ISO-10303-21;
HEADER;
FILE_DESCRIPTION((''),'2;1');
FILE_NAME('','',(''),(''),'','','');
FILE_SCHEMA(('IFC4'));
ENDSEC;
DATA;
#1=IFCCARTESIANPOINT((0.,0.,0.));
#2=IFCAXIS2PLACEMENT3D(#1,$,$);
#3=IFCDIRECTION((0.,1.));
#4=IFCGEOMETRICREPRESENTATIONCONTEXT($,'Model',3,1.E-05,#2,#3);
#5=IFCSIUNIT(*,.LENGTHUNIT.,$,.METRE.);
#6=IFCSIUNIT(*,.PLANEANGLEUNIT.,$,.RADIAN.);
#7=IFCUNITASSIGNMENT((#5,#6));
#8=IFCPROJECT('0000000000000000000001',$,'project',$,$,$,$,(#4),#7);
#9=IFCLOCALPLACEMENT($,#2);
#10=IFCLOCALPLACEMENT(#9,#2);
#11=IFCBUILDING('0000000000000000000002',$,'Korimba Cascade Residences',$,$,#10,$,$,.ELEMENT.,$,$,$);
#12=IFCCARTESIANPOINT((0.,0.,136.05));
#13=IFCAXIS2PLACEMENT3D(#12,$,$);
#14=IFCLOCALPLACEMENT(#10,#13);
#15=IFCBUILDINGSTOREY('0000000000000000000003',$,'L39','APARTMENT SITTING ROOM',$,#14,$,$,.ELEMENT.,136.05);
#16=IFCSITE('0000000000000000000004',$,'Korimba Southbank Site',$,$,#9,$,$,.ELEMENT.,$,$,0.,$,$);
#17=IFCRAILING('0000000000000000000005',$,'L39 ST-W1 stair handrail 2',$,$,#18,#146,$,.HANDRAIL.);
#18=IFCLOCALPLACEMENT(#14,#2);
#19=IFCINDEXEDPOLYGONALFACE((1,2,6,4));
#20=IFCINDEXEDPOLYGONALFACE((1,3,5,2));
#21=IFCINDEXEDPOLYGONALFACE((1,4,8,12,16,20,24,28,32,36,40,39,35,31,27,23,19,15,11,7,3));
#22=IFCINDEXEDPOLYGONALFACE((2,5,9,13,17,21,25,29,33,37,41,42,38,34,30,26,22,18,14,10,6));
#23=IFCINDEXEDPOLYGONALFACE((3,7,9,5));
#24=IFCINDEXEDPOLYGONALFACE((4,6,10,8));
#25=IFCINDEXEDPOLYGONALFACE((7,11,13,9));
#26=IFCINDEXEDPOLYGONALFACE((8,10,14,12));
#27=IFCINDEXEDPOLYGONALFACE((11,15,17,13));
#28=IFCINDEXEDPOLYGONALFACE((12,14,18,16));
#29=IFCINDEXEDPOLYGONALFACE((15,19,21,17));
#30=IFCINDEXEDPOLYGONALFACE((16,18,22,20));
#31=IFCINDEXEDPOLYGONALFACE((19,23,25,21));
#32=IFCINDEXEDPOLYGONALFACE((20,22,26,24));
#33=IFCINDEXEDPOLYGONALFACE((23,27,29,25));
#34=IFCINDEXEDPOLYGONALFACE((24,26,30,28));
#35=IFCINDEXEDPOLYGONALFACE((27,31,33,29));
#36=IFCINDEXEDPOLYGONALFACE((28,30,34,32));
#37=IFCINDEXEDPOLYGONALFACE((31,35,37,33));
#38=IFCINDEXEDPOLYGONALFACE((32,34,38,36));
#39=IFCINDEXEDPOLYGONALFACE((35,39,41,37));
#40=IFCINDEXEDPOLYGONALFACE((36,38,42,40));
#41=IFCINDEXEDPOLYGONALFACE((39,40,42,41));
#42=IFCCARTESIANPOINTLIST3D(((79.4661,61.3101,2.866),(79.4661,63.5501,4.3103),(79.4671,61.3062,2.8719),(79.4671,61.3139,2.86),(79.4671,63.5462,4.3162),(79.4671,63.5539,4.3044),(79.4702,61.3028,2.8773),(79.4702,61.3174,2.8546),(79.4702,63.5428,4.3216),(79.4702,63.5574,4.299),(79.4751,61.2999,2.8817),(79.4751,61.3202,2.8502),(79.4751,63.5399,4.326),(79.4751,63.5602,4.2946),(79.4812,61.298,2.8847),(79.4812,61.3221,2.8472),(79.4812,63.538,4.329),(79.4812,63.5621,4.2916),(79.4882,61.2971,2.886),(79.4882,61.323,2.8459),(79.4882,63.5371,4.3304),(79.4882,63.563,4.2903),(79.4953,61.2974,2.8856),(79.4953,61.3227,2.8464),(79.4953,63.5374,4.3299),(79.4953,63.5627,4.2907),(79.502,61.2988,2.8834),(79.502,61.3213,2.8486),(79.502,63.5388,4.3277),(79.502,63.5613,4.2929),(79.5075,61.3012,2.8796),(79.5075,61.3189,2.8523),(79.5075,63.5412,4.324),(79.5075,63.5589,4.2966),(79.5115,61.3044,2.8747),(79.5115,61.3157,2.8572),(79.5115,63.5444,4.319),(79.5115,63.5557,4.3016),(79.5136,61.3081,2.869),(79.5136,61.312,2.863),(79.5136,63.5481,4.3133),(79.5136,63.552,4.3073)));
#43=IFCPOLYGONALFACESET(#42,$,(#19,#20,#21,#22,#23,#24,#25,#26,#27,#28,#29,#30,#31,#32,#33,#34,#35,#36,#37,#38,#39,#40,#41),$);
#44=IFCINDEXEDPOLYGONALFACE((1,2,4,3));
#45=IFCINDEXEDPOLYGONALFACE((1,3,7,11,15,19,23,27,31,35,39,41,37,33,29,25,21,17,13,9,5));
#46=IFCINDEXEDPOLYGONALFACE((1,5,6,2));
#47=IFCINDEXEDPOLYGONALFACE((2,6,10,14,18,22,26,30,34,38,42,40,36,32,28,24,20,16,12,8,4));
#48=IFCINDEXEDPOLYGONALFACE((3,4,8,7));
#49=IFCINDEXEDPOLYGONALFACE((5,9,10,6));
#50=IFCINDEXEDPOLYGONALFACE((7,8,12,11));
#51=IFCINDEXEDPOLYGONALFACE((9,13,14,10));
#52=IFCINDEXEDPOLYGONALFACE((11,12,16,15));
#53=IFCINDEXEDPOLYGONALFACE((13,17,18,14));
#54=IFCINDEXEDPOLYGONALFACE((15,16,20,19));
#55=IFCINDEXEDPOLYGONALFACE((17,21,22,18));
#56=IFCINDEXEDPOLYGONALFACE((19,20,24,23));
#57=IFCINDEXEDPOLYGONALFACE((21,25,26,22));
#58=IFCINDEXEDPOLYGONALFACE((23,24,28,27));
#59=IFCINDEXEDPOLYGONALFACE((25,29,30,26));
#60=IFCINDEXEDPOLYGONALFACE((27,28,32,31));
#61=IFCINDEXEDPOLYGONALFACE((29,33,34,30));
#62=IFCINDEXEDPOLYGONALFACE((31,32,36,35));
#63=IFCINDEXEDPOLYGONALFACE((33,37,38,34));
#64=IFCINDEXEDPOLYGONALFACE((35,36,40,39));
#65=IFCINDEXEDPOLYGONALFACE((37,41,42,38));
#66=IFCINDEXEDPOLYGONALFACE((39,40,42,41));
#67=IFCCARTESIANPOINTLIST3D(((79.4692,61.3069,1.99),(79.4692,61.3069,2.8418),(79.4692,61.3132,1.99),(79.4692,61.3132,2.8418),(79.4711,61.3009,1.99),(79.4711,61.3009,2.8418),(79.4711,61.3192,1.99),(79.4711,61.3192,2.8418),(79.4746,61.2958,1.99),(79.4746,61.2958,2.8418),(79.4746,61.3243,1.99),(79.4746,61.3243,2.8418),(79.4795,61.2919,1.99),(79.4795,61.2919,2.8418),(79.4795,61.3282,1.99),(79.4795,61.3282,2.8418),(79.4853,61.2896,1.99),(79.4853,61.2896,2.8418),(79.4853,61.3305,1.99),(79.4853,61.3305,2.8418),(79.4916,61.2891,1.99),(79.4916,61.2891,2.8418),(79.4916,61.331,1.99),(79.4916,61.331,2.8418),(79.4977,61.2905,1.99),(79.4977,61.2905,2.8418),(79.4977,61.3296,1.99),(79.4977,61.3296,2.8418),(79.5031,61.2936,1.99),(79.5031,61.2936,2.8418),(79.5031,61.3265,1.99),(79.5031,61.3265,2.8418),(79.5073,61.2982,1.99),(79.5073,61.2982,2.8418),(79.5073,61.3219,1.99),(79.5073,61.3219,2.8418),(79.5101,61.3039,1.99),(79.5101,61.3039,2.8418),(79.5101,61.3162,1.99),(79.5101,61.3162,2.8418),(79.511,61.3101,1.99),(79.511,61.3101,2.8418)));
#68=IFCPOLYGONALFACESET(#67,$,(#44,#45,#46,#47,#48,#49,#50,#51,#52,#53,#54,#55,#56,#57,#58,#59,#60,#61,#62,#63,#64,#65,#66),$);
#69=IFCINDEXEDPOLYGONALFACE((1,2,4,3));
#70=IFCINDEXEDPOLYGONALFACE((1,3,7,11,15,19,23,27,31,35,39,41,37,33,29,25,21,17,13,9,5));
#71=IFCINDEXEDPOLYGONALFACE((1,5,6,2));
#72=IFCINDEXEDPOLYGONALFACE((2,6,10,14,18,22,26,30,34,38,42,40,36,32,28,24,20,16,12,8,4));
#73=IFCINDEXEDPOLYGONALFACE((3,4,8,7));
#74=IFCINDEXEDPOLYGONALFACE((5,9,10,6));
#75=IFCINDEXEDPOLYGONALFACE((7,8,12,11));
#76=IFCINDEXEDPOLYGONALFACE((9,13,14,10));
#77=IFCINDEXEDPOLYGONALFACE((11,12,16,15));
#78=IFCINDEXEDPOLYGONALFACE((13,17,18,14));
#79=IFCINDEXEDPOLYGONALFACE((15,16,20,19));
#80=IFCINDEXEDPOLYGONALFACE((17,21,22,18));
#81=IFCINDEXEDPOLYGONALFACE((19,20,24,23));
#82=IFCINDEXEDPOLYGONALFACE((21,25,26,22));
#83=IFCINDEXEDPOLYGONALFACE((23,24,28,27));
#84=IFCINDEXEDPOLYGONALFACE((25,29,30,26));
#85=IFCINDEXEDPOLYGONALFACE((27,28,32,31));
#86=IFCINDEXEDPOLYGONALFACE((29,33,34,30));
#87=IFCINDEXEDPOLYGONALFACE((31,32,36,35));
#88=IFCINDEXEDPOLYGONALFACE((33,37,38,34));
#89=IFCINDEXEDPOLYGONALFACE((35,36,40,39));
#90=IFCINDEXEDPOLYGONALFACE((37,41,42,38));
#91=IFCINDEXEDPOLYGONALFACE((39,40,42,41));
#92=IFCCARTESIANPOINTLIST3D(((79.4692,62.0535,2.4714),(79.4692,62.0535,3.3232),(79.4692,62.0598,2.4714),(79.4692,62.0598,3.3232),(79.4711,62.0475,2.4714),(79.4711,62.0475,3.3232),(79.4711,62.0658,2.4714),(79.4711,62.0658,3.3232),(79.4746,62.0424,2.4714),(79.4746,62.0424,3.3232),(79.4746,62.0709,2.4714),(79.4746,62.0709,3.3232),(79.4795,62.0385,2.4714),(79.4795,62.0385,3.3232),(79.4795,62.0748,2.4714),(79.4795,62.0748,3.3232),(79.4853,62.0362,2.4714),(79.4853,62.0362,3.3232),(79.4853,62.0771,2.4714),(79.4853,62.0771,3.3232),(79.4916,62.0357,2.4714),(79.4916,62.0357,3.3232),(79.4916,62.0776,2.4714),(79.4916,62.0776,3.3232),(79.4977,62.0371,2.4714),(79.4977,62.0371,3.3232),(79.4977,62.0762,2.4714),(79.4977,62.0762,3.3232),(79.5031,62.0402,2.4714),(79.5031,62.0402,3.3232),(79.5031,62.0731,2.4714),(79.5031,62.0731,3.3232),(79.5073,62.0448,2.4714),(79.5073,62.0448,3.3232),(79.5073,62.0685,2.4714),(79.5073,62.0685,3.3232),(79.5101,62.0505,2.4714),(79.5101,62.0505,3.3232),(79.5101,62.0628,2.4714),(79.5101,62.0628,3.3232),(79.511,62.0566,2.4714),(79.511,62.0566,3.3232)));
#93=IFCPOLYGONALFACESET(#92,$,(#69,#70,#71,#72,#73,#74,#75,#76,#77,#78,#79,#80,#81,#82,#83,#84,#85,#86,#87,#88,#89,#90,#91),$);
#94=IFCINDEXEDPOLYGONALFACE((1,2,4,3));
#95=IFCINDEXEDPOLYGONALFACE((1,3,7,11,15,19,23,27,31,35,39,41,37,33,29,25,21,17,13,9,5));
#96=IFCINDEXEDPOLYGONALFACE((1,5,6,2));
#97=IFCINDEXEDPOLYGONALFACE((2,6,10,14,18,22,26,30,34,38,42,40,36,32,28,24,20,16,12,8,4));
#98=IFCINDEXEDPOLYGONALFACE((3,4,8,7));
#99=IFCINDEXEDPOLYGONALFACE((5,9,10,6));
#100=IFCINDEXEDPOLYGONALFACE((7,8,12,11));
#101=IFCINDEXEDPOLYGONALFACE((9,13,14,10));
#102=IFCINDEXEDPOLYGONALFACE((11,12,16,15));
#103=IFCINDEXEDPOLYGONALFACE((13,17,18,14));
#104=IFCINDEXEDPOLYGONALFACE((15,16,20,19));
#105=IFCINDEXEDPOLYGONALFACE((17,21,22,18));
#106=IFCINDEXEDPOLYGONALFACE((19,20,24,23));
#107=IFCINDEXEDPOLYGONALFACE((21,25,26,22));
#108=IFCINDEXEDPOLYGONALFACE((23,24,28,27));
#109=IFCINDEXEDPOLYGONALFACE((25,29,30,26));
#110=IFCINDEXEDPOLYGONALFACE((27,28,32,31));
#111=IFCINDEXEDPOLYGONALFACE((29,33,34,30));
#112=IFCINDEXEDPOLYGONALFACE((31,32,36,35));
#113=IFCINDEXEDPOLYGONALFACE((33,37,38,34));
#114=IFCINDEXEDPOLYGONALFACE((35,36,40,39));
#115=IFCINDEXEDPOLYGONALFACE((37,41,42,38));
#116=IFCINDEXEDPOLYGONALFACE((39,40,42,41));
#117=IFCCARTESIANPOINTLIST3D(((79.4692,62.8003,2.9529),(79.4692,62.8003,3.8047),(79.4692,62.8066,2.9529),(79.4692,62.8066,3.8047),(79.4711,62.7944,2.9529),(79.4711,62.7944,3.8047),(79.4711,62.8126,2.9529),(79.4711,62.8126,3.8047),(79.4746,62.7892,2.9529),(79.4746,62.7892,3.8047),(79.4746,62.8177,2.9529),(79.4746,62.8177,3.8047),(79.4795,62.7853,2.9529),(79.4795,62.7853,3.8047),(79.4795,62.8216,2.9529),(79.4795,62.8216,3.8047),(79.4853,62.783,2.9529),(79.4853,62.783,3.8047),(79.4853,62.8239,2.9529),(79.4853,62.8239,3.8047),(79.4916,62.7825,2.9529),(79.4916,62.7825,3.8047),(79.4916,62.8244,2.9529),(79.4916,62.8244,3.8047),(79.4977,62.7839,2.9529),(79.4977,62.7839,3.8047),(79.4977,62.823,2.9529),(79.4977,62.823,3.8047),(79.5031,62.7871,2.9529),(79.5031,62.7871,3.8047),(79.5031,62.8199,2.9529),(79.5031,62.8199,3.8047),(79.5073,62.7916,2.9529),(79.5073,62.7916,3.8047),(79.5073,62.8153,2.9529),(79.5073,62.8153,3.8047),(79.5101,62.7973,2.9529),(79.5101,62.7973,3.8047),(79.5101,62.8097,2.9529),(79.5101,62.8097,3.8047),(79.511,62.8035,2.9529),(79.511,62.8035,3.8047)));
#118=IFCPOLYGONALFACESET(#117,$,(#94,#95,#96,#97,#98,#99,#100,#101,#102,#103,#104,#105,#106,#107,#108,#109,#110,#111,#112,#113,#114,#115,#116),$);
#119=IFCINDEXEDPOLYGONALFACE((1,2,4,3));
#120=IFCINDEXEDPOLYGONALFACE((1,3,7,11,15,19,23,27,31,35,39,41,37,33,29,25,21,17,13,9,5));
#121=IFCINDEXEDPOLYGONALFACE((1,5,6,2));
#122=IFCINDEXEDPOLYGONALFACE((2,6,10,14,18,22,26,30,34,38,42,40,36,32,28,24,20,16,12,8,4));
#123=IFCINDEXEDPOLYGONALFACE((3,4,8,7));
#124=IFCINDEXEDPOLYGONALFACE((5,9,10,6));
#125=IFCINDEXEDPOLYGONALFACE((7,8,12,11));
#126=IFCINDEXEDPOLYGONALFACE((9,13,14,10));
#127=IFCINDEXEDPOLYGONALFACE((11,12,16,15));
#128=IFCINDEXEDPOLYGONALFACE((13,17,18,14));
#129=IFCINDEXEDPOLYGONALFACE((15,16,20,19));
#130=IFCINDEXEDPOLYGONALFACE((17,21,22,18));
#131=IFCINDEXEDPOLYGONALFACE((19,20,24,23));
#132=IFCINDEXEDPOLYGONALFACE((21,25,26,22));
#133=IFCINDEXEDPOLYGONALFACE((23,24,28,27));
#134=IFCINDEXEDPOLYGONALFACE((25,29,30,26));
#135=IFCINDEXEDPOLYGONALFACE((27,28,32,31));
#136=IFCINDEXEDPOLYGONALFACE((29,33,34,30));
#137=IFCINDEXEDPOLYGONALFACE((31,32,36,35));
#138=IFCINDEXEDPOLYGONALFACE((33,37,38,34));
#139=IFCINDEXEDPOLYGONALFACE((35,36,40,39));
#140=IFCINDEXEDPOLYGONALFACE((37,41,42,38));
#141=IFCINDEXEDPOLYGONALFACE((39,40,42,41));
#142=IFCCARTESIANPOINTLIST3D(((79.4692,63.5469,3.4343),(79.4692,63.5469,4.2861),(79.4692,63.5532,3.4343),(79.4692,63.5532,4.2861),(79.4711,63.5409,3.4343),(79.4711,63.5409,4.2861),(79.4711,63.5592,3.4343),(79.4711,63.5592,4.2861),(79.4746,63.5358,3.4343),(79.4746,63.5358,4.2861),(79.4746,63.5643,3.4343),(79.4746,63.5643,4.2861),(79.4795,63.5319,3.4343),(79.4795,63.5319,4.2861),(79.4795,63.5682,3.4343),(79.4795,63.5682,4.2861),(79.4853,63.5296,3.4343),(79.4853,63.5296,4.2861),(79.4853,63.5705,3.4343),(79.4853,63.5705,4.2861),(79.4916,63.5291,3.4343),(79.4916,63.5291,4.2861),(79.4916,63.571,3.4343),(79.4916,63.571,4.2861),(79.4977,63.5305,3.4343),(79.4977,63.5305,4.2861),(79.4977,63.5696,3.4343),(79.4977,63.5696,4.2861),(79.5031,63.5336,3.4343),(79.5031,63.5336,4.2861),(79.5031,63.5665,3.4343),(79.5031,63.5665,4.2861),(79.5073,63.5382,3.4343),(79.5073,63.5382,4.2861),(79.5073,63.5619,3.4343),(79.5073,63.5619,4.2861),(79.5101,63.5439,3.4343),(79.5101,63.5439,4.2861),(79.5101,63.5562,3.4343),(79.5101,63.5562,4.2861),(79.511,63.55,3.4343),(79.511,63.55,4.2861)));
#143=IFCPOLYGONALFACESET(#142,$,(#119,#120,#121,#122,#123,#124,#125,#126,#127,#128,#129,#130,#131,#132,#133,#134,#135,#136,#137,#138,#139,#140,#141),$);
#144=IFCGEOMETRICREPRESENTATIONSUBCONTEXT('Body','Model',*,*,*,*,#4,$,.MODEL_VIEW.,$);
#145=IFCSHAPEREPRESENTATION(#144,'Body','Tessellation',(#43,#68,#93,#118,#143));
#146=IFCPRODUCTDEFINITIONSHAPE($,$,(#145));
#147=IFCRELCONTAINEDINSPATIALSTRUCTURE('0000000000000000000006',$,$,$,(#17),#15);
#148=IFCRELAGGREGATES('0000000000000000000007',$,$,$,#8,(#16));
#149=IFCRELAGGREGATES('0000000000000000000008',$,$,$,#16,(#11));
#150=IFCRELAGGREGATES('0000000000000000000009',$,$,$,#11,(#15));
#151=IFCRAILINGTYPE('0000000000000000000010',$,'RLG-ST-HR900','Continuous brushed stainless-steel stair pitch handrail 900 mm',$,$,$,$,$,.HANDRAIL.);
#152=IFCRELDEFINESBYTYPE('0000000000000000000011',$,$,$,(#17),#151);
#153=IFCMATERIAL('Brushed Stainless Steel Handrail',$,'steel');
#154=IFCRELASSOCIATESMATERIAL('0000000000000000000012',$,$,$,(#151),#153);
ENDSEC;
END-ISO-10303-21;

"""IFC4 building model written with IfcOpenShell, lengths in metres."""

from ifc_helpers import new_model, si_unit, direction, frame, origin, origin_2d, place, context, subcontext, project, spatial, circle, extrude, material, type_object, element, save


model = new_model("IFC4")

# Units and contexts
model_context = context("Model", 3, precision=1e-05, world=origin(), true_north=direction((0.0, 1.0)))
body_context = subcontext(model_context, "Body", "Model", "MODEL_VIEW")
ifc_project = project(units=[si_unit("LENGTHUNIT", "METRE"), si_unit("PLANEANGLEUNIT", "RADIAN")], contexts=[model_context])

# Site, building, storey
site_placement = place(None, origin())
site = spatial("IfcSite", under=ifc_project, at=site_placement, Name="Korimba Southbank Site", CompositionType="ELEMENT", RefElevation=0.0)
building_placement = place(site_placement, origin())
building = spatial("IfcBuilding", under=site, at=building_placement, Name="Korimba Cascade Residences", CompositionType="ELEMENT")
storey_placement = place(building_placement, frame((0.0, 0.0, 136.05)))
storey = spatial("IfcBuildingStorey", under=building, at=storey_placement, Name="L39", Description="APARTMENT SITTING ROOM", CompositionType="ELEMENT", Elevation=136.05)

# Railing
ifc_material_1 = material(Name="Brushed Stainless Steel Handrail", Category="steel")
railing_type_1 = type_object("IfcRailingType", Name="RLG-ST-HR900", Description="Continuous brushed stainless-steel stair pitch handrail 900 mm", PredefinedType="HANDRAIL", material=ifc_material_1)
railing_1_placement = place(storey_placement, frame((79.49, 61.3101, 1.99)))
element("IfcRailing", 1, at=railing_1_placement, inside=storey, type_object=railing_type_1, Name="L39 ST-W1 stair handrail 2", PredefinedType="HANDRAIL", context=body_context, shape_type="SweptSolid", body=[
    extrude(circle(Radius=0.0239, at=origin_2d()), frame((0.0, 0.0, 0.876), z_axis=(0.0, 0.840437, 0.54191), x_axis=(-1.0, 0.0, 0.0)), (0.0, 0.0, 1.0), 2.6653),
    extrude(circle(Radius=0.021, at=origin_2d()), origin(), (0.0, 0.0, 1.0), 0.8518),
    extrude(circle(Radius=0.021, at=origin_2d()), frame((0.0, 0.7466, 0.4814)), (0.0, 0.0, 1.0), 0.8518),
    extrude(circle(Radius=0.021, at=origin_2d()), frame((0.0, 1.4934, 0.9629)), (0.0, 0.0, 1.0), 0.8518),
    extrude(circle(Radius=0.021, at=origin_2d()), frame((0.0, 2.24, 1.4443)), (0.0, 0.0, 1.0), 0.8518),
])

save(model, "model.ifc")
